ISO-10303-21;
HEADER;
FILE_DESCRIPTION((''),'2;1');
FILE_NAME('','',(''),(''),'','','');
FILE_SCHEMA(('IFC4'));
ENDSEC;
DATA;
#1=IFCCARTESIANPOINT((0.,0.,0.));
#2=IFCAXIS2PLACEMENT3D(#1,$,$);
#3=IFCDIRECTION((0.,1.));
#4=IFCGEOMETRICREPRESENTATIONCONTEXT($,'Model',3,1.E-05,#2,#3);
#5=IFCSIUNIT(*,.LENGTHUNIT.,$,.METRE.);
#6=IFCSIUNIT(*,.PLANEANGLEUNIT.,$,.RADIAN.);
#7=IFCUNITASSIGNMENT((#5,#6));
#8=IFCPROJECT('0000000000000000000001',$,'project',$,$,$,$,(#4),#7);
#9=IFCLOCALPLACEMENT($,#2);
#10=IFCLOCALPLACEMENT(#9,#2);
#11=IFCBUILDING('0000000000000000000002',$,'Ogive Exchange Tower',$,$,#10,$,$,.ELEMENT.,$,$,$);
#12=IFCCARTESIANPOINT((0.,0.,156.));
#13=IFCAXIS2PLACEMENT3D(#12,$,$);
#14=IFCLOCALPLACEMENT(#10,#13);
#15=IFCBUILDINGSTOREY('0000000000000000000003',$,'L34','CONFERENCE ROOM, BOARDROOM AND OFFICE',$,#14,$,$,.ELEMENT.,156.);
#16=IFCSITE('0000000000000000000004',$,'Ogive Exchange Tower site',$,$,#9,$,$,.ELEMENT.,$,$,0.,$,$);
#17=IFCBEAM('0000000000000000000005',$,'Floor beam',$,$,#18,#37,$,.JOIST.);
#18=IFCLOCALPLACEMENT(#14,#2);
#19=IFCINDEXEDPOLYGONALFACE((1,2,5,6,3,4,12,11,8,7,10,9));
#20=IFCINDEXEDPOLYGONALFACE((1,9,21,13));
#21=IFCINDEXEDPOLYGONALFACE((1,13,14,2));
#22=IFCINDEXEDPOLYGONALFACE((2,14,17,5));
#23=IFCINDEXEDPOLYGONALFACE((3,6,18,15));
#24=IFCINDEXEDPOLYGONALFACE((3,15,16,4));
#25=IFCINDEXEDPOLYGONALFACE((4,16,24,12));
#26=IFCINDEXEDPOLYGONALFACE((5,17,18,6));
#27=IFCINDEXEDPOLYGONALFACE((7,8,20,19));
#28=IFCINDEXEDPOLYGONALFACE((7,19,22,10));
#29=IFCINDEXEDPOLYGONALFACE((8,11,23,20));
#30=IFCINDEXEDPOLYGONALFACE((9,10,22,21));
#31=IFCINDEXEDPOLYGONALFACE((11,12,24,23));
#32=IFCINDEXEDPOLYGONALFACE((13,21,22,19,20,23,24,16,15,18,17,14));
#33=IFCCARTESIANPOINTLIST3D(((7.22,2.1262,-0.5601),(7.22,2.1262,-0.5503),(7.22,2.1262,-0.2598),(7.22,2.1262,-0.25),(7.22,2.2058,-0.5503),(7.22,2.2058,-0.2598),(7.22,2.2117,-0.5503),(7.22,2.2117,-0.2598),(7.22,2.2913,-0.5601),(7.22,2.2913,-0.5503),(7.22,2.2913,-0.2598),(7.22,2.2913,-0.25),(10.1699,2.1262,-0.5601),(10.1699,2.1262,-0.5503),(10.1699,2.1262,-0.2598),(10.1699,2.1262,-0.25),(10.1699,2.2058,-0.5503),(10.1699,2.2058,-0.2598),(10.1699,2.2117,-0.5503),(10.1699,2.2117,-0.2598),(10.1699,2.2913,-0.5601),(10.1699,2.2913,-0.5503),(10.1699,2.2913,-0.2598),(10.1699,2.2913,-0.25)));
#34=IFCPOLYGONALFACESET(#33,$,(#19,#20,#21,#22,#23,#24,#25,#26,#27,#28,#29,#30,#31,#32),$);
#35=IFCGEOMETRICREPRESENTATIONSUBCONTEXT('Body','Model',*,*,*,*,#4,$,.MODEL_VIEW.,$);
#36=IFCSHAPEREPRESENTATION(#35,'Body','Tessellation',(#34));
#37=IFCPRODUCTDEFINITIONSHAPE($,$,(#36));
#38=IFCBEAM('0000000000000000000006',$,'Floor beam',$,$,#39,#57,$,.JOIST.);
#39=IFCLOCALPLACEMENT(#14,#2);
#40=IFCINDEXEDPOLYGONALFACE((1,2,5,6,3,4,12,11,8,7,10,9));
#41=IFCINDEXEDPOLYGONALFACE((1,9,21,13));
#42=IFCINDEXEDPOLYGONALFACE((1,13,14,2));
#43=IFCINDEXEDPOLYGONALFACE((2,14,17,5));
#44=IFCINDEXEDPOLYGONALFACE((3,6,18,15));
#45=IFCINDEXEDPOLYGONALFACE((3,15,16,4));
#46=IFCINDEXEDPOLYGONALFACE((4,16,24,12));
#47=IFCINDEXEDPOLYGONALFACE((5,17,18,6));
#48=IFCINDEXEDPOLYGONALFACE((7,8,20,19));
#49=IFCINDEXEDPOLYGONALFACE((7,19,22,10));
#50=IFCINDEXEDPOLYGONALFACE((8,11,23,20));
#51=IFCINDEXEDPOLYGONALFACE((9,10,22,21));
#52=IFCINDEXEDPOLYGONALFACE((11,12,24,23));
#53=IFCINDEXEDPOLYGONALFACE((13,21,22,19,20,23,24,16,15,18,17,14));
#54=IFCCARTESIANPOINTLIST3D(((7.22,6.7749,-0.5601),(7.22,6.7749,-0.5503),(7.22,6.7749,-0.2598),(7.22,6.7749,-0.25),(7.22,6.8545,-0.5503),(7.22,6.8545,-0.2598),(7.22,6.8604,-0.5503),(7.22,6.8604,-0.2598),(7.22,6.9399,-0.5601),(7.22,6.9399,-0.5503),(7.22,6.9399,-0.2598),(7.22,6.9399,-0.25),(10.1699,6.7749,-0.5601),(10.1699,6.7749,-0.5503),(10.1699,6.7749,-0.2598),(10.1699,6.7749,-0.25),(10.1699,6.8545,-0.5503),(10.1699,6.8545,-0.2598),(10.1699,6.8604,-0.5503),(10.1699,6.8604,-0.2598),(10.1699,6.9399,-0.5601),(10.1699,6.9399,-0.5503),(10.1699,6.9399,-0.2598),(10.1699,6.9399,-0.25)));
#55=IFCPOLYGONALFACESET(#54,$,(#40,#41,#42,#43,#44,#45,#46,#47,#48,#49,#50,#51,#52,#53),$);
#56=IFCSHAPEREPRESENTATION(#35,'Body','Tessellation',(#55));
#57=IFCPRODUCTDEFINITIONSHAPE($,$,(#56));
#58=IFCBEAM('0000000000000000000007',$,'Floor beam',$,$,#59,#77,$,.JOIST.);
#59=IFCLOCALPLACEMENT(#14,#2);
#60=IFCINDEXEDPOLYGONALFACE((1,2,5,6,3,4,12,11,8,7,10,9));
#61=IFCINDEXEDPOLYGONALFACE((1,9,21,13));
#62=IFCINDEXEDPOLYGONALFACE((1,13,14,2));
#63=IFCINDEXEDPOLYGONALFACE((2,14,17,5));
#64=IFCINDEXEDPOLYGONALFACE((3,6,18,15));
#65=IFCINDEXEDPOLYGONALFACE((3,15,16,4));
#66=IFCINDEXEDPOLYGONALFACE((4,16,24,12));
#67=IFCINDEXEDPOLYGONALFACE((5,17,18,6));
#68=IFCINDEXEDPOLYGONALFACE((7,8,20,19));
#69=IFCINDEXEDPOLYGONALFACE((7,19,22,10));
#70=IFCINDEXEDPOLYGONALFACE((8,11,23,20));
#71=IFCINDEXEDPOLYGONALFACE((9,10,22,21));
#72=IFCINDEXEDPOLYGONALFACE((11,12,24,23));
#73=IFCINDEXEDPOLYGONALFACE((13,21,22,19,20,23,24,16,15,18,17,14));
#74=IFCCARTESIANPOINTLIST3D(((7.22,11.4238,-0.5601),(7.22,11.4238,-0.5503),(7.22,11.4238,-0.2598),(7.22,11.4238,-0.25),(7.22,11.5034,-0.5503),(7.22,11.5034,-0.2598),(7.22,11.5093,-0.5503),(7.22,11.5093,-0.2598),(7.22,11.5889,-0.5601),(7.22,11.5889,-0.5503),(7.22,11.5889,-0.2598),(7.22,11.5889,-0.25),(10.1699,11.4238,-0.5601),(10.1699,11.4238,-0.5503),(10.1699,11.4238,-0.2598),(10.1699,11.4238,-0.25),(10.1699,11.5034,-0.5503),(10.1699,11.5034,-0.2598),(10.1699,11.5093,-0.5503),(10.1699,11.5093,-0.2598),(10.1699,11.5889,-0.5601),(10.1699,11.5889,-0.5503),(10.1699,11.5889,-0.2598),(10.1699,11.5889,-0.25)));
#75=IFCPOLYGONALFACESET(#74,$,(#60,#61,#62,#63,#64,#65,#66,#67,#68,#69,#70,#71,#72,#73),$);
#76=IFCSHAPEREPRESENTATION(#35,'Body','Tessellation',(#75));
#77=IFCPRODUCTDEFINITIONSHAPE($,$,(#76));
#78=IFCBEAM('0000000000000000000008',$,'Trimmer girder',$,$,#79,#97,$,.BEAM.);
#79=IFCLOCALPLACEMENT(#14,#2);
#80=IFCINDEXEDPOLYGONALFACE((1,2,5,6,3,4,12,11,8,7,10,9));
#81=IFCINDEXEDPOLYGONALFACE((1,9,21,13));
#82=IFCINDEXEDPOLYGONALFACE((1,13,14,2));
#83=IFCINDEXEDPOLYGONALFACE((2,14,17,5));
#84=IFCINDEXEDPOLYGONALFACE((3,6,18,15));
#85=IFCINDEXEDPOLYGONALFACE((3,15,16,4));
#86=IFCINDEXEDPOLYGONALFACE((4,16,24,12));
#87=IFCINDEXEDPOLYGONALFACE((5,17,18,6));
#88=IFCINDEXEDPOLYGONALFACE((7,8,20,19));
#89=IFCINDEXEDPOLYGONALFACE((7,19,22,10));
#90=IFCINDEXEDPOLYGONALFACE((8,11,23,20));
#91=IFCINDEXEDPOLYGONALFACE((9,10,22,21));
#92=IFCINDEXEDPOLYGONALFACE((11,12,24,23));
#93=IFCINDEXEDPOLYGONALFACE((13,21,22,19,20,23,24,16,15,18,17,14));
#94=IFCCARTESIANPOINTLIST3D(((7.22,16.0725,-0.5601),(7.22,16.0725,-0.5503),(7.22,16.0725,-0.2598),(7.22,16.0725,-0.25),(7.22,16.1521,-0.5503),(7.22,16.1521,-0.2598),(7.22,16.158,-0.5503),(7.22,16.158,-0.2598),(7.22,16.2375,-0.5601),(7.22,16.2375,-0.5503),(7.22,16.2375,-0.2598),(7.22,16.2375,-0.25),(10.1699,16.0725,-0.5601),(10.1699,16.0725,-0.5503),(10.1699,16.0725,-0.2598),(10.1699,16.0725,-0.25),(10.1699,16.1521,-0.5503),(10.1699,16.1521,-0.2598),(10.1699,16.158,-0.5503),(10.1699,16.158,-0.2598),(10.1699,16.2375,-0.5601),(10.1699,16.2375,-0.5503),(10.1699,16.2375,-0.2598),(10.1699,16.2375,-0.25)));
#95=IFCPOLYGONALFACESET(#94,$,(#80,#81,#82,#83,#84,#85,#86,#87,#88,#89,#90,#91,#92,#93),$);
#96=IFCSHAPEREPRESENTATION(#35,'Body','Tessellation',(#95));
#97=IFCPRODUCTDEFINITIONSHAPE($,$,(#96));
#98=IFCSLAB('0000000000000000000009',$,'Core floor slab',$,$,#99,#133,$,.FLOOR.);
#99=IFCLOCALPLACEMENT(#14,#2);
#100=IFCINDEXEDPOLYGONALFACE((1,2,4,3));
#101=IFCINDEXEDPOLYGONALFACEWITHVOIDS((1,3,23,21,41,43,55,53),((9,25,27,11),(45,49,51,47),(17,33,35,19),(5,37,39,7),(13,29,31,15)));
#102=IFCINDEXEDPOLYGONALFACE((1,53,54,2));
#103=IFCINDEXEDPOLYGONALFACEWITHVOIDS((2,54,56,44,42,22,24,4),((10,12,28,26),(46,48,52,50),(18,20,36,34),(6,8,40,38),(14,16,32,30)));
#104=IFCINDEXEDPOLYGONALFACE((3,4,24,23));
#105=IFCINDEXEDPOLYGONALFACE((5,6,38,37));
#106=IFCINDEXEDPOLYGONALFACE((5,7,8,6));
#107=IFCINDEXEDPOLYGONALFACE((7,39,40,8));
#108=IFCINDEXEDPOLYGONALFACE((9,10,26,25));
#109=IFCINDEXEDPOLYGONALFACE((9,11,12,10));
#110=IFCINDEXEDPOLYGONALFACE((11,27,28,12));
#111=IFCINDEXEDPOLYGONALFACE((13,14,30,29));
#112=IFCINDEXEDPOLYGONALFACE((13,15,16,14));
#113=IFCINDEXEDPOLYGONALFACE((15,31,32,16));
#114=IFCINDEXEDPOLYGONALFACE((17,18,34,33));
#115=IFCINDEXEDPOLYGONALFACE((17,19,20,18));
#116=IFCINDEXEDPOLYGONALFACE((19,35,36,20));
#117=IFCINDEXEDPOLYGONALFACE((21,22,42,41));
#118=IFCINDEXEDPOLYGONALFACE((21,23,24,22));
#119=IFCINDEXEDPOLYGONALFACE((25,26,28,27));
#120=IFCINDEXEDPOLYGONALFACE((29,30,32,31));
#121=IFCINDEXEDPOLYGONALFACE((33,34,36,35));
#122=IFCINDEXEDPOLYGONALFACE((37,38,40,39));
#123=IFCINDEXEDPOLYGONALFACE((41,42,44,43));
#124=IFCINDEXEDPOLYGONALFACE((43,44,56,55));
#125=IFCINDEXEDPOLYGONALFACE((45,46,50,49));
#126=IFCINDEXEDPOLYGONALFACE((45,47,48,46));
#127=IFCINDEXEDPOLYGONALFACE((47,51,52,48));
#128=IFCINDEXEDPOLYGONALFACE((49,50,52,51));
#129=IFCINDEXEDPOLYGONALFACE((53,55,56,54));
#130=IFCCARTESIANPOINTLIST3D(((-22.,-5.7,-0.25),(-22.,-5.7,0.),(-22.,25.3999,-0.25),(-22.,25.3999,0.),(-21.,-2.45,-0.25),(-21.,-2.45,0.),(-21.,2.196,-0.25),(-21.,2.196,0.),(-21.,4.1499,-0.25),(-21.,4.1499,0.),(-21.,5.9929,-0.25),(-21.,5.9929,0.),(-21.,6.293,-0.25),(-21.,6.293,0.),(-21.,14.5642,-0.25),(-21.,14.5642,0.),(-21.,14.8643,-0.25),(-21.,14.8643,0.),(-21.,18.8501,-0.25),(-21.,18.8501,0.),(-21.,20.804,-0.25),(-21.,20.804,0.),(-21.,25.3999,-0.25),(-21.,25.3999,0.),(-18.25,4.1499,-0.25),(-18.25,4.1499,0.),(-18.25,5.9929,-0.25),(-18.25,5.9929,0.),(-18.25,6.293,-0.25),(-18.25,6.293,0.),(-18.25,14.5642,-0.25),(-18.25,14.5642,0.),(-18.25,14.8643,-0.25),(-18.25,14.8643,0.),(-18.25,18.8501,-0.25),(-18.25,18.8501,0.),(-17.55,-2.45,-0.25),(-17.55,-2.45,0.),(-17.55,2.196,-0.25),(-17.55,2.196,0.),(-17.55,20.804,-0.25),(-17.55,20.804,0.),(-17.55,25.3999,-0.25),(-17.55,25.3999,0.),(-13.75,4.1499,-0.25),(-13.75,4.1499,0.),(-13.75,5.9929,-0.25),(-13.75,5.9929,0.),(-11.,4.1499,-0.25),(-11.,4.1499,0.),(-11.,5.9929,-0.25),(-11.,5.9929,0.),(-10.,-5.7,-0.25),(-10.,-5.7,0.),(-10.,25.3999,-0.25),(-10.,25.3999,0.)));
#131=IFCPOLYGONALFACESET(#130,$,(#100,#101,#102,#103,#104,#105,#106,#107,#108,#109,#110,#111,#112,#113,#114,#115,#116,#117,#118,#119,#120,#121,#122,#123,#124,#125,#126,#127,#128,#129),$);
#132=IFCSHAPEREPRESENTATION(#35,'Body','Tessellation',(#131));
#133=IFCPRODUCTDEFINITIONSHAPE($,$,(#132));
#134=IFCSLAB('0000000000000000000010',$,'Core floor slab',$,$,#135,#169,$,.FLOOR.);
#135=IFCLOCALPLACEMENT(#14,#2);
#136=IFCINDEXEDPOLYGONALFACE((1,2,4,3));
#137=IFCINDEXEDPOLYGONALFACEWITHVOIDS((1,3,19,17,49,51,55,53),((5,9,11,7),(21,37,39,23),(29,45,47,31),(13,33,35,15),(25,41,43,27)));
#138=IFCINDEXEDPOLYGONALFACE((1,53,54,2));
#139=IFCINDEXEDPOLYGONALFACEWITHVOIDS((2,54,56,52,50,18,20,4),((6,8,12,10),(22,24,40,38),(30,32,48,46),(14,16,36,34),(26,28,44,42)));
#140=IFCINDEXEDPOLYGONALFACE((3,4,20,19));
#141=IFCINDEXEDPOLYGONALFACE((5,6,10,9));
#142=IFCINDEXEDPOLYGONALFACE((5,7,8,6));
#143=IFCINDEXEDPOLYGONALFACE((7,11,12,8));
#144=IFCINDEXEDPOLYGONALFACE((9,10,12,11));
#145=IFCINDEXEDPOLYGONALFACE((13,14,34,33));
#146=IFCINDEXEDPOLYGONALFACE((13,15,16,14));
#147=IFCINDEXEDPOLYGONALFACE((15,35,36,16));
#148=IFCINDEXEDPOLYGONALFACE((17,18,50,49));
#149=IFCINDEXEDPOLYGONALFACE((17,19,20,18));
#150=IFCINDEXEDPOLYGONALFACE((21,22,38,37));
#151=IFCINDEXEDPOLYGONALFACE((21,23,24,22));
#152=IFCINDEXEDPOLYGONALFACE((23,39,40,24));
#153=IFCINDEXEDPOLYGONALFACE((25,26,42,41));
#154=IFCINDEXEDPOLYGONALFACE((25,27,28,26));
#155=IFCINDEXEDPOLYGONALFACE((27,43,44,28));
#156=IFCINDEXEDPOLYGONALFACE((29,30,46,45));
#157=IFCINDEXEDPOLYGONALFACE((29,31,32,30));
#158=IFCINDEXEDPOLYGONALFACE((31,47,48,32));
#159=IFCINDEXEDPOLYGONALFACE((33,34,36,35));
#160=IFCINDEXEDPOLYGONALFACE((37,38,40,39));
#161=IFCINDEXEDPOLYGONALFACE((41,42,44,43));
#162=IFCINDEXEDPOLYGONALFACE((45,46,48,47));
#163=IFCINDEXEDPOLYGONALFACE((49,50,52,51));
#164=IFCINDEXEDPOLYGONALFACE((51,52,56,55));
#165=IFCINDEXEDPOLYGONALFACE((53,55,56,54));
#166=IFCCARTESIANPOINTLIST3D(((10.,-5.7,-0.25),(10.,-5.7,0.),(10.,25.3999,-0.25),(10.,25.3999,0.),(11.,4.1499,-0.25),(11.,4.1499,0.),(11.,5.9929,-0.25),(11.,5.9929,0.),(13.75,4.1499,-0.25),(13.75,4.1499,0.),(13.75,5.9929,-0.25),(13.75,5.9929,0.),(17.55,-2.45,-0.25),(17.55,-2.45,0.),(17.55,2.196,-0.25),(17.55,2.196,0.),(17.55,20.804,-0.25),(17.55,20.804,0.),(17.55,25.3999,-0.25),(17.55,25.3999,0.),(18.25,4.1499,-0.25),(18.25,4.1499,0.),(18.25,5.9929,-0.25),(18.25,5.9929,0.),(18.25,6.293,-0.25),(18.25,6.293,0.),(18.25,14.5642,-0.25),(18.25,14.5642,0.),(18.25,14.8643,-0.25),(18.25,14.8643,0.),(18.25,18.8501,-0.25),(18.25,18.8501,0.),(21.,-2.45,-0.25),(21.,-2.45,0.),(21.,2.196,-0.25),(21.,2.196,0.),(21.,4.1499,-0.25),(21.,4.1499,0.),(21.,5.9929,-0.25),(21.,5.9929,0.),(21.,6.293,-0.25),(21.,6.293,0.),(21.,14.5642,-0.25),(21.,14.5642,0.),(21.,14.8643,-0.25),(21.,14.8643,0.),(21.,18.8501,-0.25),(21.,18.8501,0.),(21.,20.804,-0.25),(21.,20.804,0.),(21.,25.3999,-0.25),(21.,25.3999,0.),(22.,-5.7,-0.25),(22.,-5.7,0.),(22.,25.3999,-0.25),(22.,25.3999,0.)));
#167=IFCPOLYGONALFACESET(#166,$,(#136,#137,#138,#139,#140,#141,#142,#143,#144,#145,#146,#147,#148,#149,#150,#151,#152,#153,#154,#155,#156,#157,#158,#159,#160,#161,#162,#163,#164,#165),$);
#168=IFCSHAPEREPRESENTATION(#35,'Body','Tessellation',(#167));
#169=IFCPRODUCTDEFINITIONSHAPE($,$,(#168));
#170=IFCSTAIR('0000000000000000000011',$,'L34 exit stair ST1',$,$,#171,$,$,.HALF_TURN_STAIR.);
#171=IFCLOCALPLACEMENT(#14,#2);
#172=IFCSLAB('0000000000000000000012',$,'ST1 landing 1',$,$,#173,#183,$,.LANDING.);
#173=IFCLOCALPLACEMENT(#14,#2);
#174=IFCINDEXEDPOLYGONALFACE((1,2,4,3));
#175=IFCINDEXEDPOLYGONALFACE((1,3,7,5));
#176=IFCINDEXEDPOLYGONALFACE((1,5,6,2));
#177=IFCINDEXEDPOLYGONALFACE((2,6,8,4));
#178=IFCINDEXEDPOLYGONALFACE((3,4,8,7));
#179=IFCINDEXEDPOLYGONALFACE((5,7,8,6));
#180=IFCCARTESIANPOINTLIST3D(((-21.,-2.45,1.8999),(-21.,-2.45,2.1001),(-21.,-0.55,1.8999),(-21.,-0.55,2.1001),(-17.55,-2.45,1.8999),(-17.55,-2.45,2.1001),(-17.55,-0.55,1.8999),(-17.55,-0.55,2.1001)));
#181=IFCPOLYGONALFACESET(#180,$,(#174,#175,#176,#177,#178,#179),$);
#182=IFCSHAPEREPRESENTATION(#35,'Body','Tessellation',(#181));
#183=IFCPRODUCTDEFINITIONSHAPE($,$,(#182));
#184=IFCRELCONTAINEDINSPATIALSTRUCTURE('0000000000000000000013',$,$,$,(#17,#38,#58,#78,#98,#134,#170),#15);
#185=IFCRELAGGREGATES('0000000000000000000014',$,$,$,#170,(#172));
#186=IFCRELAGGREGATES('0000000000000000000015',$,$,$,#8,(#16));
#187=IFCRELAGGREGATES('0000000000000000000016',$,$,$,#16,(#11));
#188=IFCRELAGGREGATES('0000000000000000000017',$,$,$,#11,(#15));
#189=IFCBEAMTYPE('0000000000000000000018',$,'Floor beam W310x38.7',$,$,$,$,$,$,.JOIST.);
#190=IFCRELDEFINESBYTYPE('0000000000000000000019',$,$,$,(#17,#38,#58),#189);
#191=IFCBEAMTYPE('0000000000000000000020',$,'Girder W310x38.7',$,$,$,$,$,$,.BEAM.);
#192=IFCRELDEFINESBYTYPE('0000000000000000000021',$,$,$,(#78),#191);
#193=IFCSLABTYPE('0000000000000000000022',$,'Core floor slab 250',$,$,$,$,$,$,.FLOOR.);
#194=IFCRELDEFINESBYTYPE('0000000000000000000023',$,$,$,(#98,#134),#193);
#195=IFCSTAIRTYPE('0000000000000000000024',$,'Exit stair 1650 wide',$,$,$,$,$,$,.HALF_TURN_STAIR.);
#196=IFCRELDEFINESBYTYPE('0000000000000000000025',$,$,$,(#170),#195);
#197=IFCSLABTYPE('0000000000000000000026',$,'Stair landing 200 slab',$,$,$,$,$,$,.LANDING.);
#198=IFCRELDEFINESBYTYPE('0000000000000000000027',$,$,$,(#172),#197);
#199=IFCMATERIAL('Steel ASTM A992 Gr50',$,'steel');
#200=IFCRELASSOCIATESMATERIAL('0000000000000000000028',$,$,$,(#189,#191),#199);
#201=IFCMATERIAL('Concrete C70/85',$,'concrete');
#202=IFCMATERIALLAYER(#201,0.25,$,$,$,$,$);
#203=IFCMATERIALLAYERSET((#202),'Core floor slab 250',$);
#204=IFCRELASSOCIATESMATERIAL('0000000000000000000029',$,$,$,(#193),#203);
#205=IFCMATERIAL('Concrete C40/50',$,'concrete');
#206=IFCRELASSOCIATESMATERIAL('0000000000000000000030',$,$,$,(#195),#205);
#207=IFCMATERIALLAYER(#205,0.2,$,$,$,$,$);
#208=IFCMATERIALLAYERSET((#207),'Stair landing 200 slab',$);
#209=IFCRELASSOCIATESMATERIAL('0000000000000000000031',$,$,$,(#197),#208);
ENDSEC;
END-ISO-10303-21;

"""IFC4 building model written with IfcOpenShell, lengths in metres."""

from ifc_helpers import new_model, si_unit, direction, frame, origin, origin_2d, place, context, subcontext, project, spatial, polyline, i_section, outline, extrude, material, layer, layer_set, material_profile, profile_set, type_object, element, aggregate, save


model = new_model("IFC4")

# Units and contexts
model_context = context("Model", 3, precision=1e-05, world=origin(), true_north=direction((0.0, 1.0)))
body_context = subcontext(model_context, "Body", "Model", "MODEL_VIEW")
ifc_project = project(units=[si_unit("LENGTHUNIT", "METRE"), si_unit("PLANEANGLEUNIT", "RADIAN")], contexts=[model_context])

# Site, building, storey
site_placement = place(None, origin())
site = spatial("IfcSite", under=ifc_project, at=site_placement, Name="Ogive Exchange Tower site", CompositionType="ELEMENT", RefElevation=0.0)
building_placement = place(site_placement, origin())
building = spatial("IfcBuilding", under=site, at=building_placement, Name="Ogive Exchange Tower", CompositionType="ELEMENT")
storey_placement = place(building_placement, frame((0.0, 0.0, 156.0)))
storey = spatial("IfcBuildingStorey", under=building, at=storey_placement, Name="L34", Description="CONFERENCE ROOM, BOARDROOM AND OFFICE", CompositionType="ELEMENT", Elevation=156.0)

# Beams
ifc_material_1 = material(Name="Steel ASTM A992 Gr50", Category="steel")
ifc_material_profile_1 = material_profile(ifc_material_1, i_section(OverallWidth=0.165, OverallDepth=0.3101, WebThickness=0.0059, FlangeThickness=0.0098, at=origin_2d()), Name="W310x38.7")
ifc_profile_set_1 = profile_set([ifc_material_profile_1], Name="Steel ASTM A992 Gr50")
beam_type_1 = type_object("IfcBeamType", Name="Floor beam W310x38.7", PredefinedType="JOIST", material=ifc_profile_set_1)
for number, where, z_axis, x_axis, name in (
    (1, (7.22, 2.2087, -0.405), (1.0, 0.0, 0.0), (0.0, 1.0, 0.0), "Floor beam"),
    (2, (7.22, 6.8574, -0.405), (1.0, 0.0, 0.0), (0.0, 1.0, 0.0), "Floor beam"),
    (3, (7.22, 11.5063, -0.405), (1.0, 0.0, 0.0), (0.0, 1.0, 0.0), "Floor beam"),
):
    element("IfcBeam", number, at=place(storey_placement, frame(where, z_axis=z_axis, x_axis=x_axis)), inside=storey, type_object=beam_type_1, Name=name, PredefinedType="JOIST", context=body_context, shape_type="SweptSolid", body=[
        extrude(i_section(OverallWidth=0.165, OverallDepth=0.3101, WebThickness=0.0059, FlangeThickness=0.0098, at=origin_2d()), origin(), (0.0, 0.0, 1.0), 2.95),
    ])
ifc_material_profile_2 = material_profile(ifc_material_1, i_section(OverallWidth=0.165, OverallDepth=0.3101, WebThickness=0.0059, FlangeThickness=0.0098, at=origin_2d()), Name="W310x38.7")
ifc_profile_set_2 = profile_set([ifc_material_profile_2], Name="Steel ASTM A992 Gr50")
beam_type_2 = type_object("IfcBeamType", Name="Girder W310x38.7", PredefinedType="BEAM", material=ifc_profile_set_2)
beam_placement = place(storey_placement, frame((7.22, 16.155, -0.405), z_axis=(1.0, 0.0, 0.0), x_axis=(0.0, 1.0, 0.0)))
element("IfcBeam", 4, at=beam_placement, inside=storey, type_object=beam_type_2, Name="Trimmer girder", PredefinedType="BEAM", context=body_context, shape_type="SweptSolid", body=[
    extrude(i_section(OverallWidth=0.165, OverallDepth=0.3101, WebThickness=0.0059, FlangeThickness=0.0098, at=origin_2d()), origin(), (0.0, 0.0, 1.0), 2.95),
])

# Slabs
ifc_material_2 = material(Name="Concrete C70/85", Category="concrete")
ifc_layer_1 = layer(ifc_material_2, 0.25)
ifc_layer_set_1 = layer_set([ifc_layer_1], Name="Core floor slab 250")
slab_type_1 = type_object("IfcSlabType", Name="Core floor slab 250", PredefinedType="FLOOR", material=ifc_layer_set_1)
slab_1_placement = place(storey_placement, frame((0.0, 0.0, -0.25)))
element("IfcSlab", 5, at=slab_1_placement, inside=storey, type_object=slab_type_1, Name="Core floor slab", PredefinedType="FLOOR", context=body_context, shape_type="SweptSolid", body=[
    extrude(outline(polyline([(-10.0, 25.3999), (-10.0, -5.7), (-22.0, -5.7), (-22.0, 25.3999), (-21.0, 25.3999), (-21.0, 20.804), (-17.55, 20.804), (-17.55, 25.3999), (-10.0, 25.3999)]), holes=[polyline([(-17.55, 2.196), (-21.0, 2.196), (-21.0, -2.45), (-17.55, -2.45), (-17.55, 2.196)]), polyline([(-18.25, 5.9929), (-21.0, 5.9929), (-21.0, 4.1499), (-18.25, 4.1499), (-18.25, 5.9929)]), polyline([(-11.0, 5.9929), (-13.75, 5.9929), (-13.75, 4.1499), (-11.0, 4.1499), (-11.0, 5.9929)]), polyline([(-21.0, 14.5642), (-21.0, 6.293), (-18.25, 6.293), (-18.25, 14.5642), (-21.0, 14.5642)]), polyline([(-18.25, 18.8501), (-21.0, 18.8501), (-21.0, 14.8643), (-18.25, 14.8643), (-18.25, 18.8501)])]), origin(), (0.0, 0.0, 1.0), 0.25),
])
slab_2_placement = place(storey_placement, frame((0.0, 0.0, -0.25)))
element("IfcSlab", 6, at=slab_2_placement, inside=storey, type_object=slab_type_1, Name="Core floor slab", PredefinedType="FLOOR", context=body_context, shape_type="SweptSolid", body=[
    extrude(outline(polyline([(22.0, 25.3999), (22.0, -5.7), (10.0, -5.7), (10.0, 25.3999), (17.55, 25.3999), (17.55, 20.804), (21.0, 20.804), (21.0, 25.3999), (22.0, 25.3999)]), holes=[polyline([(21.0, 2.196), (17.55, 2.196), (17.55, -2.45), (21.0, -2.45), (21.0, 2.196)]), polyline([(13.75, 5.9929), (11.0, 5.9929), (11.0, 4.1499), (13.75, 4.1499), (13.75, 5.9929)]), polyline([(21.0, 5.9929), (18.25, 5.9929), (18.25, 4.1499), (21.0, 4.1499), (21.0, 5.9929)]), polyline([(18.25, 14.5642), (18.25, 6.293), (21.0, 6.293), (21.0, 14.5642), (18.25, 14.5642)]), polyline([(21.0, 18.8501), (18.25, 18.8501), (18.25, 14.8643), (21.0, 14.8643), (21.0, 18.8501)])]), origin(), (0.0, 0.0, 1.0), 0.25),
])

# Stair, slab
ifc_material_3 = material(Name="Concrete C40/50", Category="concrete")
stair_type = type_object("IfcStairType", Name="Exit stair 1650 wide", PredefinedType="HALF_TURN_STAIR", material=ifc_material_3)
stair_1_placement = place(storey_placement, origin())
stair_1 = element("IfcStair", 7, at=stair_1_placement, inside=storey, type_object=stair_type, Name="L34 exit stair ST1", PredefinedType="HALF_TURN_STAIR")
ifc_layer_2 = layer(ifc_material_3, 0.2)
ifc_layer_set_2 = layer_set([ifc_layer_2], Name="Stair landing 200 slab")
slab_type_2 = type_object("IfcSlabType", Name="Stair landing 200 slab", PredefinedType="LANDING", material=ifc_layer_set_2)
slab_3_placement = place(storey_placement, frame((0.0, 0.0, 1.8999)))
slab_3 = element("IfcSlab", 8, at=slab_3_placement, type_object=slab_type_2, Name="ST1 landing 1", PredefinedType="LANDING", context=body_context, shape_type="SweptSolid", body=[
    extrude(outline(polyline([(-21.0, -0.55), (-21.0, -2.45), (-17.55, -2.45), (-17.55, -0.55), (-21.0, -0.55)])), origin(), (0.0, 0.0, 1.0), 0.2002),
])
aggregate(stair_1, [slab_3])

save(model, "model.ifc")
